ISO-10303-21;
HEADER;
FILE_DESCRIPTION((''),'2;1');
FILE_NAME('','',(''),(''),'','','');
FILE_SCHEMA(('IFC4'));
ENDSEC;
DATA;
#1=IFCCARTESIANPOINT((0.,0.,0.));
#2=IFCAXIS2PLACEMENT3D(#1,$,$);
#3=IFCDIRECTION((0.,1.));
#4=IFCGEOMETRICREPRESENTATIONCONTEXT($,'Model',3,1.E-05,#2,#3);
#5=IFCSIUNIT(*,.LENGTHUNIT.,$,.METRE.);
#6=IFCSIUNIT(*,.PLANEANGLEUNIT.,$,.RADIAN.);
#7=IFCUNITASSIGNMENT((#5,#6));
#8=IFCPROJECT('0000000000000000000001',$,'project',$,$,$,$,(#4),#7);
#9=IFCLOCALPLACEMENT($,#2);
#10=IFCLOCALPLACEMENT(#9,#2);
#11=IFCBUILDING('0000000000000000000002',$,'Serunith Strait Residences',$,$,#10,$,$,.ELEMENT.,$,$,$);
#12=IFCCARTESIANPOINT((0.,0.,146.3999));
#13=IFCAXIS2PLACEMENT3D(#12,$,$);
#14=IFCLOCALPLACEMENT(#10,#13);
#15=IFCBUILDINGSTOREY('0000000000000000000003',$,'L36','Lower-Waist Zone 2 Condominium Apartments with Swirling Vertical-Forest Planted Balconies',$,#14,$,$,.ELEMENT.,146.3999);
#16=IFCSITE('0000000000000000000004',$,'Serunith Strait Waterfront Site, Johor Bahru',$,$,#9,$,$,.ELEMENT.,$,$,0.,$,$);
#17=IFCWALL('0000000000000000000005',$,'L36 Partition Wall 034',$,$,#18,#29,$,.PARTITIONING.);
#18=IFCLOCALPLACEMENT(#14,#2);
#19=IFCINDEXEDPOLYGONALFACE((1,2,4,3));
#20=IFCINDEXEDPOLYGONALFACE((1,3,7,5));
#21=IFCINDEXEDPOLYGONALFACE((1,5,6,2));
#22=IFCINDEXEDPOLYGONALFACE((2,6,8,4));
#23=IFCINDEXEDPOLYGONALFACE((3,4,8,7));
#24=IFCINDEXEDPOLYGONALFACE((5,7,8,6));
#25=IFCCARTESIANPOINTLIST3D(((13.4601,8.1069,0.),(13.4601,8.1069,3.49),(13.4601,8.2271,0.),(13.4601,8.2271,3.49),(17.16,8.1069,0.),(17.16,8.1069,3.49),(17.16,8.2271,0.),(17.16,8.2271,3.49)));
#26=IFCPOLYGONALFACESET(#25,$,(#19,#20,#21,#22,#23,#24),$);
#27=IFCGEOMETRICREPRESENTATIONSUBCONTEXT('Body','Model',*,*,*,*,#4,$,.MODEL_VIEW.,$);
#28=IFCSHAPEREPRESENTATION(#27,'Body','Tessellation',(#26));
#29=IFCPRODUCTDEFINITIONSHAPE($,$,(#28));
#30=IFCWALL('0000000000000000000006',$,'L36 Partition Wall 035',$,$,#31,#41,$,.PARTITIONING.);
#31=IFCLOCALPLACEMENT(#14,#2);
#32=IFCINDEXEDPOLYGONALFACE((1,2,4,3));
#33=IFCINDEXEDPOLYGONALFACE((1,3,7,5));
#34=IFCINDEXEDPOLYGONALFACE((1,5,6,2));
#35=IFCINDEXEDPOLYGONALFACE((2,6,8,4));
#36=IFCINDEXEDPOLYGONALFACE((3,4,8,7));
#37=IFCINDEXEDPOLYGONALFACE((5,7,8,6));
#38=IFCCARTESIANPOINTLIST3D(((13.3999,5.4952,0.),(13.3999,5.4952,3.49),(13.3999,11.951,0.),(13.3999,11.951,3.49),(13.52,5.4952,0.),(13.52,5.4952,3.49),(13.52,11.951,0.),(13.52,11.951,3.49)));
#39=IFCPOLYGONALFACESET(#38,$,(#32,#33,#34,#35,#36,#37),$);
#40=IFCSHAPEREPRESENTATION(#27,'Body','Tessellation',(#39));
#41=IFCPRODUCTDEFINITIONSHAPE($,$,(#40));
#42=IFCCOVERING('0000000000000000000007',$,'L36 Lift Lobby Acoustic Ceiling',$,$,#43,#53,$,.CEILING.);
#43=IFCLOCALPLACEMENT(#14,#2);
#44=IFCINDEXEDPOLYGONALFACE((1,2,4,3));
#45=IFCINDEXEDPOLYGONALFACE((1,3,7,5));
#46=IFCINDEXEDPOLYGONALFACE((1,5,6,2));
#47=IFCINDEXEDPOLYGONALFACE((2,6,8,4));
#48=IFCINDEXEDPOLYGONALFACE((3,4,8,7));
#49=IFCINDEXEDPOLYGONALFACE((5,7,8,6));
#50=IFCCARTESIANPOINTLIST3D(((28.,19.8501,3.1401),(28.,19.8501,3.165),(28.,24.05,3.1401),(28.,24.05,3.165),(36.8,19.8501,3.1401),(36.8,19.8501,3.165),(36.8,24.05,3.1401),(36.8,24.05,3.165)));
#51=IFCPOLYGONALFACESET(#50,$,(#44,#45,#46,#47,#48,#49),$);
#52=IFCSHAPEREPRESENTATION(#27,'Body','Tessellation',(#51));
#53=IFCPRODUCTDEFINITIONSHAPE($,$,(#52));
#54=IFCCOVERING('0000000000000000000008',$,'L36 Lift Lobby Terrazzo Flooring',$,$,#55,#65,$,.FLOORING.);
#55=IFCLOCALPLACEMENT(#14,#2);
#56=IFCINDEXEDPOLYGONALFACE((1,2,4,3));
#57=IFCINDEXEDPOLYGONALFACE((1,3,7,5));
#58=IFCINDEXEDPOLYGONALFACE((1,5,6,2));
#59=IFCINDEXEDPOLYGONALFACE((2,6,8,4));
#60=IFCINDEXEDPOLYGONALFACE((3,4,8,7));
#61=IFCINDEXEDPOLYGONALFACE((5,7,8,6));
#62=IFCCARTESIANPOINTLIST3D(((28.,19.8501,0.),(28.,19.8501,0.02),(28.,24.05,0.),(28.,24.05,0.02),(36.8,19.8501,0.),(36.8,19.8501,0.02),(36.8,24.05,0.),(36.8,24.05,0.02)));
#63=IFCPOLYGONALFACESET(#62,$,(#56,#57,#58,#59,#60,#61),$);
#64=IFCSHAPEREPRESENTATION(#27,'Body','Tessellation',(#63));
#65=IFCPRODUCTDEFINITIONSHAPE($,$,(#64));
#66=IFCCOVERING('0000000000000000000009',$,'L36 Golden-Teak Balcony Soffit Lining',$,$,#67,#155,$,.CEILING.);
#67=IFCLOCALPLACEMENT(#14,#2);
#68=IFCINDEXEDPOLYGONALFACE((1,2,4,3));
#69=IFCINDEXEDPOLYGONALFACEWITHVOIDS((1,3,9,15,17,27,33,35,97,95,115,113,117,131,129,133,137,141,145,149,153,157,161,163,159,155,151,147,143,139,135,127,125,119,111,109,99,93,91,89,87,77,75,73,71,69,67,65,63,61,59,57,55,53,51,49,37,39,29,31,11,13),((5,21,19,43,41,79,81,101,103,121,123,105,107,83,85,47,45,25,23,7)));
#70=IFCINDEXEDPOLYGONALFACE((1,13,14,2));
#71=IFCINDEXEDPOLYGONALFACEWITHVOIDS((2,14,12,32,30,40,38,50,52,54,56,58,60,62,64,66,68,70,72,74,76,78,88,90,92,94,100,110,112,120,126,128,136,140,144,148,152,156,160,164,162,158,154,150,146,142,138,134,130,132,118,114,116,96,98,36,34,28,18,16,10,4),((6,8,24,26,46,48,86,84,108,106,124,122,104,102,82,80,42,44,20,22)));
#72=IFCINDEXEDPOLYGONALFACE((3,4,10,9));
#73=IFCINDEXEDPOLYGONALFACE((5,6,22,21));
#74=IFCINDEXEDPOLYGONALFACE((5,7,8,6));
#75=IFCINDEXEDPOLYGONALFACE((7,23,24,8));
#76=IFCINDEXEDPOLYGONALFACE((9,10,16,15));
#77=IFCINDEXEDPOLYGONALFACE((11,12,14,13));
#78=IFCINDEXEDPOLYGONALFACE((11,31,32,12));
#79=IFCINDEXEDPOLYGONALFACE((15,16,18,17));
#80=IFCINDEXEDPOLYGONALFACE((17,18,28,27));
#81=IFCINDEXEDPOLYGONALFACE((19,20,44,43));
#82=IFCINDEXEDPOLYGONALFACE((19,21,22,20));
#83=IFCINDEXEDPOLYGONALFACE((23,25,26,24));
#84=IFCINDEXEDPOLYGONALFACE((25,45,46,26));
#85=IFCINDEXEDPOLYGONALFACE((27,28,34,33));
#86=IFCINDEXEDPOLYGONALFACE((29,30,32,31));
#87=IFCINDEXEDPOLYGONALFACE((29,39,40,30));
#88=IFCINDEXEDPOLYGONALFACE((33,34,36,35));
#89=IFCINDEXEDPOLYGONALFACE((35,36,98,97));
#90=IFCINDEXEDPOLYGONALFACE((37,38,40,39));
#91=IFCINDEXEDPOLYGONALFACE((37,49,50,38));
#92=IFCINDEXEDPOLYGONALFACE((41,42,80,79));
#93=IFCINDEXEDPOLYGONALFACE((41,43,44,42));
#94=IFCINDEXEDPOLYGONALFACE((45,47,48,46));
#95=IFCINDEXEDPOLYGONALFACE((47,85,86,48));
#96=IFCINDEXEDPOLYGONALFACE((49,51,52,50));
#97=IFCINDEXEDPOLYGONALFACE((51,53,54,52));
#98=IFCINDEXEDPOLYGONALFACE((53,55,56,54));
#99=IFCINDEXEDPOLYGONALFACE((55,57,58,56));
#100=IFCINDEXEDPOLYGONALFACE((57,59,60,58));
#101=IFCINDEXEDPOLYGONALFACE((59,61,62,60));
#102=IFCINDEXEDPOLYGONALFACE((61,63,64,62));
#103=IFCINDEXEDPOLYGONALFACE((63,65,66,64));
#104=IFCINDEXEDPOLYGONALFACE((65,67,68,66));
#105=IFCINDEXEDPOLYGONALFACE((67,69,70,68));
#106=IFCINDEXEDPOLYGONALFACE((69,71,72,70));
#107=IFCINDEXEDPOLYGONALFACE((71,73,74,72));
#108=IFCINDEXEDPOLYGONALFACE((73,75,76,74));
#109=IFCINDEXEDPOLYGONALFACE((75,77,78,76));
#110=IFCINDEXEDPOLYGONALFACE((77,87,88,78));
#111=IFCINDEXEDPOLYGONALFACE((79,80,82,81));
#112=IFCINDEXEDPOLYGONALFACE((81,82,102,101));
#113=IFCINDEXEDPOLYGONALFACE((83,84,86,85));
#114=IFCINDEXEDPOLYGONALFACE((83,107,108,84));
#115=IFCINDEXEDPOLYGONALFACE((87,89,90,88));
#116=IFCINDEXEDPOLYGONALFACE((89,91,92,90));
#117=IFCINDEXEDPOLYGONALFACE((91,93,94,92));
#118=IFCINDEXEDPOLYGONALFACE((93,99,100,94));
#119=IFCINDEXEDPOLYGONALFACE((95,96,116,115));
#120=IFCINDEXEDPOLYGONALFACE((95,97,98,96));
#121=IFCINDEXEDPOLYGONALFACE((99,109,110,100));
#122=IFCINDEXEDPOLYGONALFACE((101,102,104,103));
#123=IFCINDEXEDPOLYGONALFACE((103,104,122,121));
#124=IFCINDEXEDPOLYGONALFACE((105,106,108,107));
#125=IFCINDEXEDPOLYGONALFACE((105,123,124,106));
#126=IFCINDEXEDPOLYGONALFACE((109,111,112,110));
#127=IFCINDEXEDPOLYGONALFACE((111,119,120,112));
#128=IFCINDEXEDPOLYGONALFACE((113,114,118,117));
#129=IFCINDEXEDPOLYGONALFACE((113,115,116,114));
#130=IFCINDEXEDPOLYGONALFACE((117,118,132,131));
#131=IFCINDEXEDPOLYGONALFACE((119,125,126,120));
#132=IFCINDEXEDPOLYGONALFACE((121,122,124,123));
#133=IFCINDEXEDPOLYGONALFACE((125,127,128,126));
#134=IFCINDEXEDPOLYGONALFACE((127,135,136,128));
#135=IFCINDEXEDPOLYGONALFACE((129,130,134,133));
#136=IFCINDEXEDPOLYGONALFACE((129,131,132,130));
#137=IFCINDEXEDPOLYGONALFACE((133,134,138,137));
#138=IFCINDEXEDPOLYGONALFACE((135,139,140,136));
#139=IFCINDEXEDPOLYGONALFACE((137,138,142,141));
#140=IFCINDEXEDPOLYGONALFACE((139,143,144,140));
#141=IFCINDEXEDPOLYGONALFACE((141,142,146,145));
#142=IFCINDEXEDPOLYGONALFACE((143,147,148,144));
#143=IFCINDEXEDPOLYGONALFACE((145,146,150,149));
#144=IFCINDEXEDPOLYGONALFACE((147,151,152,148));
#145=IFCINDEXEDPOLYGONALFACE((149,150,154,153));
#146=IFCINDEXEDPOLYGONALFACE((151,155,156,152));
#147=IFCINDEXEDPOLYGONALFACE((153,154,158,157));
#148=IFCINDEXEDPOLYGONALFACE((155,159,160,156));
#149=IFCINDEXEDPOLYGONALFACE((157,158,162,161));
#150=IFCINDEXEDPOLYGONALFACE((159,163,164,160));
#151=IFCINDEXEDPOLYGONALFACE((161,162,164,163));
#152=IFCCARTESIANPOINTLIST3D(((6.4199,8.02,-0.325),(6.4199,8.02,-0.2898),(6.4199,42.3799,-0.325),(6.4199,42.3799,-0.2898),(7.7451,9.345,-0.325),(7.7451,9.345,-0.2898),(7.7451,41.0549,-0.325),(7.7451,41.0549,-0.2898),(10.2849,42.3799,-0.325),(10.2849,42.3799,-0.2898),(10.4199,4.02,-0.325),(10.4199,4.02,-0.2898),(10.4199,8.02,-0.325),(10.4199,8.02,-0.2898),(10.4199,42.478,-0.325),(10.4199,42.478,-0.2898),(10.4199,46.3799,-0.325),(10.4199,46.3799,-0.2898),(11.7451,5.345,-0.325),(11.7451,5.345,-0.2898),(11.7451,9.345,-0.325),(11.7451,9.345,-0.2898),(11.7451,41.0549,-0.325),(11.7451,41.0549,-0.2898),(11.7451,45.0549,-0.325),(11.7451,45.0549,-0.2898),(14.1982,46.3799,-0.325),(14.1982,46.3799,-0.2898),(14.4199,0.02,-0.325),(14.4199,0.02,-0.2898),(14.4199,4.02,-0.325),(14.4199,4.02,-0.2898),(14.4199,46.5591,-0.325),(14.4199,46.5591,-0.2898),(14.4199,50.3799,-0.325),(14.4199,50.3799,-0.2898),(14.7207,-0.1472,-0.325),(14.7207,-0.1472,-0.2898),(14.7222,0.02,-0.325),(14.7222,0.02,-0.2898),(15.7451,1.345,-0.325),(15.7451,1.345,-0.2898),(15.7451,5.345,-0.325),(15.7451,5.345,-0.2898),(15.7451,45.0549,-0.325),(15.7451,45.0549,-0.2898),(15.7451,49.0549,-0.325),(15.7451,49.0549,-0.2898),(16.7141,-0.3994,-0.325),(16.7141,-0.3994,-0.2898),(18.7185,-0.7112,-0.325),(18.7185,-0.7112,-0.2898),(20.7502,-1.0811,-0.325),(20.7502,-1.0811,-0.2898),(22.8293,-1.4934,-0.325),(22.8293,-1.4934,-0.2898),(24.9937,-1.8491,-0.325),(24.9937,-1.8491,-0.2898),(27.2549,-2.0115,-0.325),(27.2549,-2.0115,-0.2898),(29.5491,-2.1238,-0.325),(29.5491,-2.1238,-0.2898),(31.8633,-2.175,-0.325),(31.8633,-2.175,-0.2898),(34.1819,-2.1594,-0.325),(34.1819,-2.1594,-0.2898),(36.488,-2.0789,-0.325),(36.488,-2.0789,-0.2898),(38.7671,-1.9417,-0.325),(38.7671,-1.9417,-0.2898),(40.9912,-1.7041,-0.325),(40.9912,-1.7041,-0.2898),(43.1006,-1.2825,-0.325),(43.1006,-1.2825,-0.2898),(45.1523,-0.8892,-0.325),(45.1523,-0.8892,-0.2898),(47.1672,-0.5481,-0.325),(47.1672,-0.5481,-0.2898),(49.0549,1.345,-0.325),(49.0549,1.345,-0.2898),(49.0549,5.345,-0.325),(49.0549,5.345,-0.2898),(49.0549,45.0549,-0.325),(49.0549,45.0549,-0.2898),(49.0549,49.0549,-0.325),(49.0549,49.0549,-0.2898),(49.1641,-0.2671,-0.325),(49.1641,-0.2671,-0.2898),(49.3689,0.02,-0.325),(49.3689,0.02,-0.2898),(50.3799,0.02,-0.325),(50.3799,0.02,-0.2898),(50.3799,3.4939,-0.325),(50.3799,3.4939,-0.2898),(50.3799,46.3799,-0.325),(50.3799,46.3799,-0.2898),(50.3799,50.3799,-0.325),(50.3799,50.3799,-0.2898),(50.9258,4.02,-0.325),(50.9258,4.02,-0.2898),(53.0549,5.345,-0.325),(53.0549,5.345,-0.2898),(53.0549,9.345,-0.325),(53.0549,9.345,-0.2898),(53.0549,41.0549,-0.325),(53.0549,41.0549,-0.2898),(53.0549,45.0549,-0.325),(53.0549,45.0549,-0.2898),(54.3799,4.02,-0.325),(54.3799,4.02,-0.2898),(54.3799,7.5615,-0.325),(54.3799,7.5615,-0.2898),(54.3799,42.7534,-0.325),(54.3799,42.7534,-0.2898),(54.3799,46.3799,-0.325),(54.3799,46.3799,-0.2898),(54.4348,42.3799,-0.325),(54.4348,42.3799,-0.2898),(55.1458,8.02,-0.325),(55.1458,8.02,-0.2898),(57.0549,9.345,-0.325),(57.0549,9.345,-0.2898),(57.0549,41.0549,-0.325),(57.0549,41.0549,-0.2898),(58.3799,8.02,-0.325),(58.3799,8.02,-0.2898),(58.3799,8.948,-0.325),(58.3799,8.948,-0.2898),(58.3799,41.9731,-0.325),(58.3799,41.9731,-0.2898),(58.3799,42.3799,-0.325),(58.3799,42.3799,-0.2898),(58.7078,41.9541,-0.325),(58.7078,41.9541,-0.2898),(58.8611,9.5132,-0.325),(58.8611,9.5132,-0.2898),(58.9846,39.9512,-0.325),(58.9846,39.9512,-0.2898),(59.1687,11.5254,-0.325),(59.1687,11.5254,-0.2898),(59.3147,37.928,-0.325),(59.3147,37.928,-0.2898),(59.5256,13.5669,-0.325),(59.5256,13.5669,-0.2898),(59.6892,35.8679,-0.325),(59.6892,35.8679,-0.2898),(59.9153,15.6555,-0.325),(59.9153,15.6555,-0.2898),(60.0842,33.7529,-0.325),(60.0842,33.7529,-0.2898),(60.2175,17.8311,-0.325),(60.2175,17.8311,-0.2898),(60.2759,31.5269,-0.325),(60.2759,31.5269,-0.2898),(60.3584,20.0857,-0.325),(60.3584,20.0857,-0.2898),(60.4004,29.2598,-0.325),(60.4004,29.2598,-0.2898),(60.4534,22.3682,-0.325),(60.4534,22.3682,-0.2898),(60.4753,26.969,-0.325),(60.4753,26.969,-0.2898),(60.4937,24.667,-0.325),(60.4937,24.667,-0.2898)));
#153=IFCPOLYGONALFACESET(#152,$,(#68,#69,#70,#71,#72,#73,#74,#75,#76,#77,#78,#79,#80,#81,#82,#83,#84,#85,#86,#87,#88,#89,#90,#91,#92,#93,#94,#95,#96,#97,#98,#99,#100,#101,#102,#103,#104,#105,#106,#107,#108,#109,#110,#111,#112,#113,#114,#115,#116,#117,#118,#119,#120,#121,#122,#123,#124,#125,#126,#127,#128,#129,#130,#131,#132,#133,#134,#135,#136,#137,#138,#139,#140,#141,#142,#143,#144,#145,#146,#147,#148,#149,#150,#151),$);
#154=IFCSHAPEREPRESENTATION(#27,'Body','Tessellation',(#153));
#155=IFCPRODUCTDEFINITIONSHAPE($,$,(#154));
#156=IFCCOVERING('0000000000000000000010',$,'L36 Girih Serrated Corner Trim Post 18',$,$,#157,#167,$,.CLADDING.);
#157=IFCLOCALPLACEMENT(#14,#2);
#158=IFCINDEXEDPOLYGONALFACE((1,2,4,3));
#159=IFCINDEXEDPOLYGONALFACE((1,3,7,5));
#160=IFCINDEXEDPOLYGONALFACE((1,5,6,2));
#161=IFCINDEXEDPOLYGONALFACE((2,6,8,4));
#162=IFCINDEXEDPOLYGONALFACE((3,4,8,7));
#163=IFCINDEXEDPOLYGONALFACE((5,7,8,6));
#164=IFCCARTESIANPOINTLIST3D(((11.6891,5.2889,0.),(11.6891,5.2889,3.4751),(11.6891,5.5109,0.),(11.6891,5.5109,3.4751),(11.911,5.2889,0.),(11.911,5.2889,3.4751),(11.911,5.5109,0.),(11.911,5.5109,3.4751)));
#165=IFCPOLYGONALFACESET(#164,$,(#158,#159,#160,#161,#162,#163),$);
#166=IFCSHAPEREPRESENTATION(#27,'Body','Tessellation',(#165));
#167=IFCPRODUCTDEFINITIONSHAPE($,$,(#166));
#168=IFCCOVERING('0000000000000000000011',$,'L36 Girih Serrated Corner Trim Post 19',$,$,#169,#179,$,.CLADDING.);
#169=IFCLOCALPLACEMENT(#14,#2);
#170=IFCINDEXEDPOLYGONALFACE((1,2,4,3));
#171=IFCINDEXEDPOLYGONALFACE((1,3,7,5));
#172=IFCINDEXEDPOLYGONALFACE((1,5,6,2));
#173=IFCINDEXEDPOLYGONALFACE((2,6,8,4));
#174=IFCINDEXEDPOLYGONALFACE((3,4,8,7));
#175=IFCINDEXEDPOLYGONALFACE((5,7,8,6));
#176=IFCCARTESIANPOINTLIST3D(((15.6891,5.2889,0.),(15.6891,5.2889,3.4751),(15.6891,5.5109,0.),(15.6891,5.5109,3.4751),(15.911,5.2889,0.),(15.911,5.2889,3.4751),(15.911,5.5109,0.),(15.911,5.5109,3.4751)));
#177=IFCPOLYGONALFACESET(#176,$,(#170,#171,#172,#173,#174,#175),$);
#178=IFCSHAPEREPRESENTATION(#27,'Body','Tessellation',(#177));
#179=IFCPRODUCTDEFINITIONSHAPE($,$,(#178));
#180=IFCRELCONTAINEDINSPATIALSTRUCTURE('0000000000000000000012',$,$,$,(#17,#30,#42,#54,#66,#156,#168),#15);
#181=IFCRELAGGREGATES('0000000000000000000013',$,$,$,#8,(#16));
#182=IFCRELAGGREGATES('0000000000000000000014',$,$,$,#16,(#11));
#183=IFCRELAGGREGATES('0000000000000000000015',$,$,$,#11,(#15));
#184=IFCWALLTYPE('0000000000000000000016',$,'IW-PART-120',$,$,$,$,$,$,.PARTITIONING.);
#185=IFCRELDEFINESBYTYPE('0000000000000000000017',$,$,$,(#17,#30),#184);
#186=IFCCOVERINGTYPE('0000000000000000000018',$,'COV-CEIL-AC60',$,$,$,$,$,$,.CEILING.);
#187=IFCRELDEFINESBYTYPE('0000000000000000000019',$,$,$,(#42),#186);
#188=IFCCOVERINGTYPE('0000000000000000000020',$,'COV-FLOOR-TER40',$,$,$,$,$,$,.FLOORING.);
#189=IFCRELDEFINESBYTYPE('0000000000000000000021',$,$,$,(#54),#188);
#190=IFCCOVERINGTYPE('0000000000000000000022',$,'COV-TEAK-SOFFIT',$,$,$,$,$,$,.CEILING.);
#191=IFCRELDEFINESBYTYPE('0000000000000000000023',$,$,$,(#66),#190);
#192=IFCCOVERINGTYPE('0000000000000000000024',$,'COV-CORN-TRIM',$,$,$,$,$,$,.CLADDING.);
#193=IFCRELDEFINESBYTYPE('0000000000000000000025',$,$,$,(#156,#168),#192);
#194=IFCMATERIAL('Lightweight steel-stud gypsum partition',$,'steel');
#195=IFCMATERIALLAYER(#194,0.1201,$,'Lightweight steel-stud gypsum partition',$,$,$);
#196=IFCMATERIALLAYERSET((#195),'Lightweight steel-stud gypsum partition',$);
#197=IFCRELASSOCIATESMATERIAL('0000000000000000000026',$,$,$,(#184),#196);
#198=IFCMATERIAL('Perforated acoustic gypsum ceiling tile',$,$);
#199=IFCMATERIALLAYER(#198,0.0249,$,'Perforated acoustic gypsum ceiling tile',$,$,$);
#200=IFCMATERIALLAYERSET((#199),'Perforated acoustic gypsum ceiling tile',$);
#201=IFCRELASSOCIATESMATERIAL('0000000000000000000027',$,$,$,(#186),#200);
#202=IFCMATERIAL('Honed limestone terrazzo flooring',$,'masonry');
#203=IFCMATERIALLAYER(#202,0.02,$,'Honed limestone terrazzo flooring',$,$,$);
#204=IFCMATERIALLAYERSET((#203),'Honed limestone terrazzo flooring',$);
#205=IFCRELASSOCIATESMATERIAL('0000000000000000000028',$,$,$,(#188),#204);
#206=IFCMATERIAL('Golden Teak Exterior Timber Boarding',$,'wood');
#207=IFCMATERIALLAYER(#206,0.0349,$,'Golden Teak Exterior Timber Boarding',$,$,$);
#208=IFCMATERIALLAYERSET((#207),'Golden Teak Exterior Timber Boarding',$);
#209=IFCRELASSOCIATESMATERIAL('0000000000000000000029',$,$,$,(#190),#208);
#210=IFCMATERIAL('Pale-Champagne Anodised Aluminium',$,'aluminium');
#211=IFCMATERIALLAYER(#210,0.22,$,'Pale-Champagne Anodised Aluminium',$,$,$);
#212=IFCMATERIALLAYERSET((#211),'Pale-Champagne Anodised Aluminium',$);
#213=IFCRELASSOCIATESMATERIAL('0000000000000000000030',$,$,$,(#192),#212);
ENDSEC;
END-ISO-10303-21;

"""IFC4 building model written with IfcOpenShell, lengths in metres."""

from ifc_helpers import new_model, si_unit, direction, frame, frame_2d, origin, origin_2d, place, context, subcontext, project, spatial, polyline, rectangle, outline, extrude, source, transform, mapped, material, layer, layer_set, type_object, element, save


model = new_model("IFC4")

# Units and contexts
model_context = context("Model", 3, precision=1e-05, world=origin(), true_north=direction((0.0, 1.0)))
body_context = subcontext(model_context, "Body", "Model", "MODEL_VIEW")
ifc_project = project(units=[si_unit("LENGTHUNIT", "METRE"), si_unit("PLANEANGLEUNIT", "RADIAN")], contexts=[model_context])

# Site, building, storey
site_placement = place(None, origin())
site = spatial("IfcSite", under=ifc_project, at=site_placement, Name="Serunith Strait Waterfront Site, Johor Bahru", CompositionType="ELEMENT", RefElevation=0.0)
building_placement = place(site_placement, origin())
building = spatial("IfcBuilding", under=site, at=building_placement, Name="Serunith Strait Residences", CompositionType="ELEMENT")
storey_placement = place(building_placement, frame((0.0, 0.0, 146.3999)))
storey = spatial("IfcBuildingStorey", under=building, at=storey_placement, Name="L36", Description="Lower-Waist Zone 2 Condominium Apartments with Swirling Vertical-Forest Planted Balconies", CompositionType="ELEMENT", Elevation=146.3999)

# Shared definitions
ifc_material_1 = material(Name="Pale-Champagne Anodised Aluminium", Category="aluminium")

# Walls
ifc_material_2 = material(Name="Lightweight steel-stud gypsum partition", Category="steel")
ifc_layer_1 = layer(ifc_material_2, 0.1201, Name="Lightweight steel-stud gypsum partition")
ifc_layer_set_1 = layer_set([ifc_layer_1], Name="Lightweight steel-stud gypsum partition")
wall_type_1 = type_object("IfcWallType", Name="IW-PART-120", PredefinedType="PARTITIONING", material=ifc_layer_set_1)
wall_1_placement = place(storey_placement, frame((13.46, 8.167, 0.0), z_axis=(0.0, 0.0, 1.0), x_axis=(1.0, 0.0, 0.0)))
element("IfcWall", 1, at=wall_1_placement, inside=storey, type_object=wall_type_1, Name="L36 Partition Wall 034", PredefinedType="PARTITIONING", context=body_context, shape_type="SweptSolid", body=[
    extrude(rectangle(XDim=3.7, YDim=0.1201, at=frame_2d((1.8501, 0.0))), origin(), (0.0, 0.0, 1.0), 3.49),
])
wall_2_placement = place(storey_placement, frame((13.46, 5.4951, 0.0), z_axis=(0.0, 0.0, 1.0), x_axis=(0.0, 1.0, 0.0)))
element("IfcWall", 2, at=wall_2_placement, inside=storey, type_object=wall_type_1, Name="L36 Partition Wall 035", PredefinedType="PARTITIONING", context=body_context, shape_type="SweptSolid", body=[
    extrude(rectangle(XDim=6.4558, YDim=0.1201, at=frame_2d((3.228, 0.0))), origin(), (0.0, 0.0, 1.0), 3.49),
])

# Coverings
ifc_material_3 = material(Name="Perforated acoustic gypsum ceiling tile")
ifc_layer_2 = layer(ifc_material_3, 0.0249, Name="Perforated acoustic gypsum ceiling tile")
ifc_layer_set_2 = layer_set([ifc_layer_2], Name="Perforated acoustic gypsum ceiling tile")
covering_type_1 = type_object("IfcCoveringType", Name="COV-CEIL-AC60", PredefinedType="CEILING", material=ifc_layer_set_2)
covering_1_placement = place(storey_placement, frame((0.0, 0.0, 3.1401)))
element("IfcCovering", 3, at=covering_1_placement, inside=storey, type_object=covering_type_1, Name="L36 Lift Lobby Acoustic Ceiling", PredefinedType="CEILING", context=body_context, shape_type="SweptSolid", body=[
    extrude(outline(polyline([(28.0, 19.8501), (36.8, 19.8501), (36.8, 24.05), (28.0, 24.05), (28.0, 19.8501)])), origin(), (0.0, 0.0, 1.0), 0.0249),
])
ifc_material_4 = material(Name="Honed limestone terrazzo flooring", Category="masonry")
ifc_layer_3 = layer(ifc_material_4, 0.02, Name="Honed limestone terrazzo flooring")
ifc_layer_set_3 = layer_set([ifc_layer_3], Name="Honed limestone terrazzo flooring")
covering_type_2 = type_object("IfcCoveringType", Name="COV-FLOOR-TER40", PredefinedType="FLOORING", material=ifc_layer_set_3)
covering_2_placement = place(storey_placement, origin())
element("IfcCovering", 4, at=covering_2_placement, inside=storey, type_object=covering_type_2, Name="L36 Lift Lobby Terrazzo Flooring", PredefinedType="FLOORING", context=body_context, shape_type="SweptSolid", body=[
    extrude(outline(polyline([(28.0, 19.8501), (36.8, 19.8501), (36.8, 24.05), (28.0, 24.05), (28.0, 19.8501)])), origin(), (0.0, 0.0, 1.0), 0.02),
])
ifc_material_5 = material(Name="Golden Teak Exterior Timber Boarding", Category="wood")
ifc_layer_4 = layer(ifc_material_5, 0.0349, Name="Golden Teak Exterior Timber Boarding")
ifc_layer_set_4 = layer_set([ifc_layer_4], Name="Golden Teak Exterior Timber Boarding")
covering_type_3 = type_object("IfcCoveringType", Name="COV-TEAK-SOFFIT", PredefinedType="CEILING", material=ifc_layer_set_4)
covering_3_placement = place(storey_placement, frame((0.0, 0.0, -0.325)))
element("IfcCovering", 5, at=covering_3_placement, inside=storey, type_object=covering_type_3, Name="L36 Golden-Teak Balcony Soffit Lining", PredefinedType="CEILING", context=body_context, shape_type="SweptSolid", body=[
    extrude(outline(polyline([(14.4199, 0.02), (14.4199, 4.02), (10.4199, 4.02), (10.4199, 8.02), (6.4199, 8.02), (6.4199, 42.3799), (10.2849, 42.3799), (10.4199, 42.478), (10.4199, 46.3799), (14.1982, 46.3799), (14.4199, 46.5591), (14.4199, 50.3799), (50.3799, 50.3799), (50.3799, 46.3799), (54.3799, 46.3799), (54.3799, 42.7534), (54.4348, 42.3799), (58.3799, 42.3799), (58.3799, 41.9731), (58.7078, 41.9541), (58.9846, 39.9512), (59.3147, 37.928), (59.6892, 35.8679), (60.0842, 33.7529), (60.2759, 31.5269), (60.4004, 29.2598), (60.4753, 26.969), (60.4937, 24.667), (60.4534, 22.3682), (60.3584, 20.0857), (60.2175, 17.8311), (59.9153, 15.6555), (59.5256, 13.5669), (59.1687, 11.5254), (58.8611, 9.5132), (58.3799, 8.948), (58.3799, 8.02), (55.1458, 8.02), (54.3799, 7.5615), (54.3799, 4.02), (50.9258, 4.02), (50.3799, 3.4939), (50.3799, 0.02), (49.3689, 0.02), (49.1641, -0.2671), (47.1672, -0.5481), (45.1523, -0.8892), (43.1006, -1.2825), (40.9912, -1.7041), (38.7671, -1.9417), (36.488, -2.0789), (34.1819, -2.1594), (31.8633, -2.175), (29.5491, -2.1238), (27.2549, -2.0115), (24.9937, -1.8491), (22.8293, -1.4934), (20.7502, -1.0811), (18.7185, -0.7112), (16.7141, -0.3994), (14.7207, -0.1472), (14.7222, 0.02), (14.4199, 0.02)]), holes=[polyline([(49.0549, 1.345), (49.0549, 5.345), (53.0549, 5.345), (53.0549, 9.345), (57.0549, 9.345), (57.0549, 41.0549), (53.0549, 41.0549), (53.0549, 45.0549), (49.0549, 45.0549), (49.0549, 49.0549), (15.7451, 49.0549), (15.7451, 45.0549), (11.7451, 45.0549), (11.7451, 41.0549), (7.7451, 41.0549), (7.7451, 9.345), (11.7451, 9.345), (11.7451, 5.345), (15.7451, 5.345), (15.7451, 1.345), (49.0549, 1.345)])]), origin(), (0.0, 0.0, 1.0), 0.0352),
])

# Coverings
ifc_layer_5 = layer(ifc_material_1, 0.22, Name="Pale-Champagne Anodised Aluminium")
ifc_layer_set_5 = layer_set([ifc_layer_5], Name="Pale-Champagne Anodised Aluminium")
covering_type_4 = type_object("IfcCoveringType", Name="COV-CORN-TRIM", PredefinedType="CLADDING", material=ifc_layer_set_5)
shared_shape_1 = source(origin(), body_context, "Body", "SweptSolid", [
    extrude(rectangle(XDim=0.2219, YDim=0.2219, at=origin_2d()), origin(), (0.0, 0.0, 1.0), 3.4751),
])
for number, where, z_axis, x_axis, name in (
    (6, (11.8, 5.3999, 0.0), (0.0, 0.0, 1.0), (1.0, 0.0, 0.0), "L36 Girih Serrated Corner Trim Post 18"),
    (7, (15.8, 5.3999, 0.0), (0.0, 0.0, 1.0), (1.0, 0.0, 0.0), "L36 Girih Serrated Corner Trim Post 19"),
):
    element("IfcCovering", number, at=place(storey_placement, frame(where, z_axis=z_axis, x_axis=x_axis)), inside=storey, type_object=covering_type_4, Name=name, PredefinedType="CLADDING", context=body_context, shape_type="MappedRepresentation", body=[
        mapped(shared_shape_1, transform((0.0, 0.0, 0.0), scale=1.0)),
    ])

save(model, "model.ifc")
